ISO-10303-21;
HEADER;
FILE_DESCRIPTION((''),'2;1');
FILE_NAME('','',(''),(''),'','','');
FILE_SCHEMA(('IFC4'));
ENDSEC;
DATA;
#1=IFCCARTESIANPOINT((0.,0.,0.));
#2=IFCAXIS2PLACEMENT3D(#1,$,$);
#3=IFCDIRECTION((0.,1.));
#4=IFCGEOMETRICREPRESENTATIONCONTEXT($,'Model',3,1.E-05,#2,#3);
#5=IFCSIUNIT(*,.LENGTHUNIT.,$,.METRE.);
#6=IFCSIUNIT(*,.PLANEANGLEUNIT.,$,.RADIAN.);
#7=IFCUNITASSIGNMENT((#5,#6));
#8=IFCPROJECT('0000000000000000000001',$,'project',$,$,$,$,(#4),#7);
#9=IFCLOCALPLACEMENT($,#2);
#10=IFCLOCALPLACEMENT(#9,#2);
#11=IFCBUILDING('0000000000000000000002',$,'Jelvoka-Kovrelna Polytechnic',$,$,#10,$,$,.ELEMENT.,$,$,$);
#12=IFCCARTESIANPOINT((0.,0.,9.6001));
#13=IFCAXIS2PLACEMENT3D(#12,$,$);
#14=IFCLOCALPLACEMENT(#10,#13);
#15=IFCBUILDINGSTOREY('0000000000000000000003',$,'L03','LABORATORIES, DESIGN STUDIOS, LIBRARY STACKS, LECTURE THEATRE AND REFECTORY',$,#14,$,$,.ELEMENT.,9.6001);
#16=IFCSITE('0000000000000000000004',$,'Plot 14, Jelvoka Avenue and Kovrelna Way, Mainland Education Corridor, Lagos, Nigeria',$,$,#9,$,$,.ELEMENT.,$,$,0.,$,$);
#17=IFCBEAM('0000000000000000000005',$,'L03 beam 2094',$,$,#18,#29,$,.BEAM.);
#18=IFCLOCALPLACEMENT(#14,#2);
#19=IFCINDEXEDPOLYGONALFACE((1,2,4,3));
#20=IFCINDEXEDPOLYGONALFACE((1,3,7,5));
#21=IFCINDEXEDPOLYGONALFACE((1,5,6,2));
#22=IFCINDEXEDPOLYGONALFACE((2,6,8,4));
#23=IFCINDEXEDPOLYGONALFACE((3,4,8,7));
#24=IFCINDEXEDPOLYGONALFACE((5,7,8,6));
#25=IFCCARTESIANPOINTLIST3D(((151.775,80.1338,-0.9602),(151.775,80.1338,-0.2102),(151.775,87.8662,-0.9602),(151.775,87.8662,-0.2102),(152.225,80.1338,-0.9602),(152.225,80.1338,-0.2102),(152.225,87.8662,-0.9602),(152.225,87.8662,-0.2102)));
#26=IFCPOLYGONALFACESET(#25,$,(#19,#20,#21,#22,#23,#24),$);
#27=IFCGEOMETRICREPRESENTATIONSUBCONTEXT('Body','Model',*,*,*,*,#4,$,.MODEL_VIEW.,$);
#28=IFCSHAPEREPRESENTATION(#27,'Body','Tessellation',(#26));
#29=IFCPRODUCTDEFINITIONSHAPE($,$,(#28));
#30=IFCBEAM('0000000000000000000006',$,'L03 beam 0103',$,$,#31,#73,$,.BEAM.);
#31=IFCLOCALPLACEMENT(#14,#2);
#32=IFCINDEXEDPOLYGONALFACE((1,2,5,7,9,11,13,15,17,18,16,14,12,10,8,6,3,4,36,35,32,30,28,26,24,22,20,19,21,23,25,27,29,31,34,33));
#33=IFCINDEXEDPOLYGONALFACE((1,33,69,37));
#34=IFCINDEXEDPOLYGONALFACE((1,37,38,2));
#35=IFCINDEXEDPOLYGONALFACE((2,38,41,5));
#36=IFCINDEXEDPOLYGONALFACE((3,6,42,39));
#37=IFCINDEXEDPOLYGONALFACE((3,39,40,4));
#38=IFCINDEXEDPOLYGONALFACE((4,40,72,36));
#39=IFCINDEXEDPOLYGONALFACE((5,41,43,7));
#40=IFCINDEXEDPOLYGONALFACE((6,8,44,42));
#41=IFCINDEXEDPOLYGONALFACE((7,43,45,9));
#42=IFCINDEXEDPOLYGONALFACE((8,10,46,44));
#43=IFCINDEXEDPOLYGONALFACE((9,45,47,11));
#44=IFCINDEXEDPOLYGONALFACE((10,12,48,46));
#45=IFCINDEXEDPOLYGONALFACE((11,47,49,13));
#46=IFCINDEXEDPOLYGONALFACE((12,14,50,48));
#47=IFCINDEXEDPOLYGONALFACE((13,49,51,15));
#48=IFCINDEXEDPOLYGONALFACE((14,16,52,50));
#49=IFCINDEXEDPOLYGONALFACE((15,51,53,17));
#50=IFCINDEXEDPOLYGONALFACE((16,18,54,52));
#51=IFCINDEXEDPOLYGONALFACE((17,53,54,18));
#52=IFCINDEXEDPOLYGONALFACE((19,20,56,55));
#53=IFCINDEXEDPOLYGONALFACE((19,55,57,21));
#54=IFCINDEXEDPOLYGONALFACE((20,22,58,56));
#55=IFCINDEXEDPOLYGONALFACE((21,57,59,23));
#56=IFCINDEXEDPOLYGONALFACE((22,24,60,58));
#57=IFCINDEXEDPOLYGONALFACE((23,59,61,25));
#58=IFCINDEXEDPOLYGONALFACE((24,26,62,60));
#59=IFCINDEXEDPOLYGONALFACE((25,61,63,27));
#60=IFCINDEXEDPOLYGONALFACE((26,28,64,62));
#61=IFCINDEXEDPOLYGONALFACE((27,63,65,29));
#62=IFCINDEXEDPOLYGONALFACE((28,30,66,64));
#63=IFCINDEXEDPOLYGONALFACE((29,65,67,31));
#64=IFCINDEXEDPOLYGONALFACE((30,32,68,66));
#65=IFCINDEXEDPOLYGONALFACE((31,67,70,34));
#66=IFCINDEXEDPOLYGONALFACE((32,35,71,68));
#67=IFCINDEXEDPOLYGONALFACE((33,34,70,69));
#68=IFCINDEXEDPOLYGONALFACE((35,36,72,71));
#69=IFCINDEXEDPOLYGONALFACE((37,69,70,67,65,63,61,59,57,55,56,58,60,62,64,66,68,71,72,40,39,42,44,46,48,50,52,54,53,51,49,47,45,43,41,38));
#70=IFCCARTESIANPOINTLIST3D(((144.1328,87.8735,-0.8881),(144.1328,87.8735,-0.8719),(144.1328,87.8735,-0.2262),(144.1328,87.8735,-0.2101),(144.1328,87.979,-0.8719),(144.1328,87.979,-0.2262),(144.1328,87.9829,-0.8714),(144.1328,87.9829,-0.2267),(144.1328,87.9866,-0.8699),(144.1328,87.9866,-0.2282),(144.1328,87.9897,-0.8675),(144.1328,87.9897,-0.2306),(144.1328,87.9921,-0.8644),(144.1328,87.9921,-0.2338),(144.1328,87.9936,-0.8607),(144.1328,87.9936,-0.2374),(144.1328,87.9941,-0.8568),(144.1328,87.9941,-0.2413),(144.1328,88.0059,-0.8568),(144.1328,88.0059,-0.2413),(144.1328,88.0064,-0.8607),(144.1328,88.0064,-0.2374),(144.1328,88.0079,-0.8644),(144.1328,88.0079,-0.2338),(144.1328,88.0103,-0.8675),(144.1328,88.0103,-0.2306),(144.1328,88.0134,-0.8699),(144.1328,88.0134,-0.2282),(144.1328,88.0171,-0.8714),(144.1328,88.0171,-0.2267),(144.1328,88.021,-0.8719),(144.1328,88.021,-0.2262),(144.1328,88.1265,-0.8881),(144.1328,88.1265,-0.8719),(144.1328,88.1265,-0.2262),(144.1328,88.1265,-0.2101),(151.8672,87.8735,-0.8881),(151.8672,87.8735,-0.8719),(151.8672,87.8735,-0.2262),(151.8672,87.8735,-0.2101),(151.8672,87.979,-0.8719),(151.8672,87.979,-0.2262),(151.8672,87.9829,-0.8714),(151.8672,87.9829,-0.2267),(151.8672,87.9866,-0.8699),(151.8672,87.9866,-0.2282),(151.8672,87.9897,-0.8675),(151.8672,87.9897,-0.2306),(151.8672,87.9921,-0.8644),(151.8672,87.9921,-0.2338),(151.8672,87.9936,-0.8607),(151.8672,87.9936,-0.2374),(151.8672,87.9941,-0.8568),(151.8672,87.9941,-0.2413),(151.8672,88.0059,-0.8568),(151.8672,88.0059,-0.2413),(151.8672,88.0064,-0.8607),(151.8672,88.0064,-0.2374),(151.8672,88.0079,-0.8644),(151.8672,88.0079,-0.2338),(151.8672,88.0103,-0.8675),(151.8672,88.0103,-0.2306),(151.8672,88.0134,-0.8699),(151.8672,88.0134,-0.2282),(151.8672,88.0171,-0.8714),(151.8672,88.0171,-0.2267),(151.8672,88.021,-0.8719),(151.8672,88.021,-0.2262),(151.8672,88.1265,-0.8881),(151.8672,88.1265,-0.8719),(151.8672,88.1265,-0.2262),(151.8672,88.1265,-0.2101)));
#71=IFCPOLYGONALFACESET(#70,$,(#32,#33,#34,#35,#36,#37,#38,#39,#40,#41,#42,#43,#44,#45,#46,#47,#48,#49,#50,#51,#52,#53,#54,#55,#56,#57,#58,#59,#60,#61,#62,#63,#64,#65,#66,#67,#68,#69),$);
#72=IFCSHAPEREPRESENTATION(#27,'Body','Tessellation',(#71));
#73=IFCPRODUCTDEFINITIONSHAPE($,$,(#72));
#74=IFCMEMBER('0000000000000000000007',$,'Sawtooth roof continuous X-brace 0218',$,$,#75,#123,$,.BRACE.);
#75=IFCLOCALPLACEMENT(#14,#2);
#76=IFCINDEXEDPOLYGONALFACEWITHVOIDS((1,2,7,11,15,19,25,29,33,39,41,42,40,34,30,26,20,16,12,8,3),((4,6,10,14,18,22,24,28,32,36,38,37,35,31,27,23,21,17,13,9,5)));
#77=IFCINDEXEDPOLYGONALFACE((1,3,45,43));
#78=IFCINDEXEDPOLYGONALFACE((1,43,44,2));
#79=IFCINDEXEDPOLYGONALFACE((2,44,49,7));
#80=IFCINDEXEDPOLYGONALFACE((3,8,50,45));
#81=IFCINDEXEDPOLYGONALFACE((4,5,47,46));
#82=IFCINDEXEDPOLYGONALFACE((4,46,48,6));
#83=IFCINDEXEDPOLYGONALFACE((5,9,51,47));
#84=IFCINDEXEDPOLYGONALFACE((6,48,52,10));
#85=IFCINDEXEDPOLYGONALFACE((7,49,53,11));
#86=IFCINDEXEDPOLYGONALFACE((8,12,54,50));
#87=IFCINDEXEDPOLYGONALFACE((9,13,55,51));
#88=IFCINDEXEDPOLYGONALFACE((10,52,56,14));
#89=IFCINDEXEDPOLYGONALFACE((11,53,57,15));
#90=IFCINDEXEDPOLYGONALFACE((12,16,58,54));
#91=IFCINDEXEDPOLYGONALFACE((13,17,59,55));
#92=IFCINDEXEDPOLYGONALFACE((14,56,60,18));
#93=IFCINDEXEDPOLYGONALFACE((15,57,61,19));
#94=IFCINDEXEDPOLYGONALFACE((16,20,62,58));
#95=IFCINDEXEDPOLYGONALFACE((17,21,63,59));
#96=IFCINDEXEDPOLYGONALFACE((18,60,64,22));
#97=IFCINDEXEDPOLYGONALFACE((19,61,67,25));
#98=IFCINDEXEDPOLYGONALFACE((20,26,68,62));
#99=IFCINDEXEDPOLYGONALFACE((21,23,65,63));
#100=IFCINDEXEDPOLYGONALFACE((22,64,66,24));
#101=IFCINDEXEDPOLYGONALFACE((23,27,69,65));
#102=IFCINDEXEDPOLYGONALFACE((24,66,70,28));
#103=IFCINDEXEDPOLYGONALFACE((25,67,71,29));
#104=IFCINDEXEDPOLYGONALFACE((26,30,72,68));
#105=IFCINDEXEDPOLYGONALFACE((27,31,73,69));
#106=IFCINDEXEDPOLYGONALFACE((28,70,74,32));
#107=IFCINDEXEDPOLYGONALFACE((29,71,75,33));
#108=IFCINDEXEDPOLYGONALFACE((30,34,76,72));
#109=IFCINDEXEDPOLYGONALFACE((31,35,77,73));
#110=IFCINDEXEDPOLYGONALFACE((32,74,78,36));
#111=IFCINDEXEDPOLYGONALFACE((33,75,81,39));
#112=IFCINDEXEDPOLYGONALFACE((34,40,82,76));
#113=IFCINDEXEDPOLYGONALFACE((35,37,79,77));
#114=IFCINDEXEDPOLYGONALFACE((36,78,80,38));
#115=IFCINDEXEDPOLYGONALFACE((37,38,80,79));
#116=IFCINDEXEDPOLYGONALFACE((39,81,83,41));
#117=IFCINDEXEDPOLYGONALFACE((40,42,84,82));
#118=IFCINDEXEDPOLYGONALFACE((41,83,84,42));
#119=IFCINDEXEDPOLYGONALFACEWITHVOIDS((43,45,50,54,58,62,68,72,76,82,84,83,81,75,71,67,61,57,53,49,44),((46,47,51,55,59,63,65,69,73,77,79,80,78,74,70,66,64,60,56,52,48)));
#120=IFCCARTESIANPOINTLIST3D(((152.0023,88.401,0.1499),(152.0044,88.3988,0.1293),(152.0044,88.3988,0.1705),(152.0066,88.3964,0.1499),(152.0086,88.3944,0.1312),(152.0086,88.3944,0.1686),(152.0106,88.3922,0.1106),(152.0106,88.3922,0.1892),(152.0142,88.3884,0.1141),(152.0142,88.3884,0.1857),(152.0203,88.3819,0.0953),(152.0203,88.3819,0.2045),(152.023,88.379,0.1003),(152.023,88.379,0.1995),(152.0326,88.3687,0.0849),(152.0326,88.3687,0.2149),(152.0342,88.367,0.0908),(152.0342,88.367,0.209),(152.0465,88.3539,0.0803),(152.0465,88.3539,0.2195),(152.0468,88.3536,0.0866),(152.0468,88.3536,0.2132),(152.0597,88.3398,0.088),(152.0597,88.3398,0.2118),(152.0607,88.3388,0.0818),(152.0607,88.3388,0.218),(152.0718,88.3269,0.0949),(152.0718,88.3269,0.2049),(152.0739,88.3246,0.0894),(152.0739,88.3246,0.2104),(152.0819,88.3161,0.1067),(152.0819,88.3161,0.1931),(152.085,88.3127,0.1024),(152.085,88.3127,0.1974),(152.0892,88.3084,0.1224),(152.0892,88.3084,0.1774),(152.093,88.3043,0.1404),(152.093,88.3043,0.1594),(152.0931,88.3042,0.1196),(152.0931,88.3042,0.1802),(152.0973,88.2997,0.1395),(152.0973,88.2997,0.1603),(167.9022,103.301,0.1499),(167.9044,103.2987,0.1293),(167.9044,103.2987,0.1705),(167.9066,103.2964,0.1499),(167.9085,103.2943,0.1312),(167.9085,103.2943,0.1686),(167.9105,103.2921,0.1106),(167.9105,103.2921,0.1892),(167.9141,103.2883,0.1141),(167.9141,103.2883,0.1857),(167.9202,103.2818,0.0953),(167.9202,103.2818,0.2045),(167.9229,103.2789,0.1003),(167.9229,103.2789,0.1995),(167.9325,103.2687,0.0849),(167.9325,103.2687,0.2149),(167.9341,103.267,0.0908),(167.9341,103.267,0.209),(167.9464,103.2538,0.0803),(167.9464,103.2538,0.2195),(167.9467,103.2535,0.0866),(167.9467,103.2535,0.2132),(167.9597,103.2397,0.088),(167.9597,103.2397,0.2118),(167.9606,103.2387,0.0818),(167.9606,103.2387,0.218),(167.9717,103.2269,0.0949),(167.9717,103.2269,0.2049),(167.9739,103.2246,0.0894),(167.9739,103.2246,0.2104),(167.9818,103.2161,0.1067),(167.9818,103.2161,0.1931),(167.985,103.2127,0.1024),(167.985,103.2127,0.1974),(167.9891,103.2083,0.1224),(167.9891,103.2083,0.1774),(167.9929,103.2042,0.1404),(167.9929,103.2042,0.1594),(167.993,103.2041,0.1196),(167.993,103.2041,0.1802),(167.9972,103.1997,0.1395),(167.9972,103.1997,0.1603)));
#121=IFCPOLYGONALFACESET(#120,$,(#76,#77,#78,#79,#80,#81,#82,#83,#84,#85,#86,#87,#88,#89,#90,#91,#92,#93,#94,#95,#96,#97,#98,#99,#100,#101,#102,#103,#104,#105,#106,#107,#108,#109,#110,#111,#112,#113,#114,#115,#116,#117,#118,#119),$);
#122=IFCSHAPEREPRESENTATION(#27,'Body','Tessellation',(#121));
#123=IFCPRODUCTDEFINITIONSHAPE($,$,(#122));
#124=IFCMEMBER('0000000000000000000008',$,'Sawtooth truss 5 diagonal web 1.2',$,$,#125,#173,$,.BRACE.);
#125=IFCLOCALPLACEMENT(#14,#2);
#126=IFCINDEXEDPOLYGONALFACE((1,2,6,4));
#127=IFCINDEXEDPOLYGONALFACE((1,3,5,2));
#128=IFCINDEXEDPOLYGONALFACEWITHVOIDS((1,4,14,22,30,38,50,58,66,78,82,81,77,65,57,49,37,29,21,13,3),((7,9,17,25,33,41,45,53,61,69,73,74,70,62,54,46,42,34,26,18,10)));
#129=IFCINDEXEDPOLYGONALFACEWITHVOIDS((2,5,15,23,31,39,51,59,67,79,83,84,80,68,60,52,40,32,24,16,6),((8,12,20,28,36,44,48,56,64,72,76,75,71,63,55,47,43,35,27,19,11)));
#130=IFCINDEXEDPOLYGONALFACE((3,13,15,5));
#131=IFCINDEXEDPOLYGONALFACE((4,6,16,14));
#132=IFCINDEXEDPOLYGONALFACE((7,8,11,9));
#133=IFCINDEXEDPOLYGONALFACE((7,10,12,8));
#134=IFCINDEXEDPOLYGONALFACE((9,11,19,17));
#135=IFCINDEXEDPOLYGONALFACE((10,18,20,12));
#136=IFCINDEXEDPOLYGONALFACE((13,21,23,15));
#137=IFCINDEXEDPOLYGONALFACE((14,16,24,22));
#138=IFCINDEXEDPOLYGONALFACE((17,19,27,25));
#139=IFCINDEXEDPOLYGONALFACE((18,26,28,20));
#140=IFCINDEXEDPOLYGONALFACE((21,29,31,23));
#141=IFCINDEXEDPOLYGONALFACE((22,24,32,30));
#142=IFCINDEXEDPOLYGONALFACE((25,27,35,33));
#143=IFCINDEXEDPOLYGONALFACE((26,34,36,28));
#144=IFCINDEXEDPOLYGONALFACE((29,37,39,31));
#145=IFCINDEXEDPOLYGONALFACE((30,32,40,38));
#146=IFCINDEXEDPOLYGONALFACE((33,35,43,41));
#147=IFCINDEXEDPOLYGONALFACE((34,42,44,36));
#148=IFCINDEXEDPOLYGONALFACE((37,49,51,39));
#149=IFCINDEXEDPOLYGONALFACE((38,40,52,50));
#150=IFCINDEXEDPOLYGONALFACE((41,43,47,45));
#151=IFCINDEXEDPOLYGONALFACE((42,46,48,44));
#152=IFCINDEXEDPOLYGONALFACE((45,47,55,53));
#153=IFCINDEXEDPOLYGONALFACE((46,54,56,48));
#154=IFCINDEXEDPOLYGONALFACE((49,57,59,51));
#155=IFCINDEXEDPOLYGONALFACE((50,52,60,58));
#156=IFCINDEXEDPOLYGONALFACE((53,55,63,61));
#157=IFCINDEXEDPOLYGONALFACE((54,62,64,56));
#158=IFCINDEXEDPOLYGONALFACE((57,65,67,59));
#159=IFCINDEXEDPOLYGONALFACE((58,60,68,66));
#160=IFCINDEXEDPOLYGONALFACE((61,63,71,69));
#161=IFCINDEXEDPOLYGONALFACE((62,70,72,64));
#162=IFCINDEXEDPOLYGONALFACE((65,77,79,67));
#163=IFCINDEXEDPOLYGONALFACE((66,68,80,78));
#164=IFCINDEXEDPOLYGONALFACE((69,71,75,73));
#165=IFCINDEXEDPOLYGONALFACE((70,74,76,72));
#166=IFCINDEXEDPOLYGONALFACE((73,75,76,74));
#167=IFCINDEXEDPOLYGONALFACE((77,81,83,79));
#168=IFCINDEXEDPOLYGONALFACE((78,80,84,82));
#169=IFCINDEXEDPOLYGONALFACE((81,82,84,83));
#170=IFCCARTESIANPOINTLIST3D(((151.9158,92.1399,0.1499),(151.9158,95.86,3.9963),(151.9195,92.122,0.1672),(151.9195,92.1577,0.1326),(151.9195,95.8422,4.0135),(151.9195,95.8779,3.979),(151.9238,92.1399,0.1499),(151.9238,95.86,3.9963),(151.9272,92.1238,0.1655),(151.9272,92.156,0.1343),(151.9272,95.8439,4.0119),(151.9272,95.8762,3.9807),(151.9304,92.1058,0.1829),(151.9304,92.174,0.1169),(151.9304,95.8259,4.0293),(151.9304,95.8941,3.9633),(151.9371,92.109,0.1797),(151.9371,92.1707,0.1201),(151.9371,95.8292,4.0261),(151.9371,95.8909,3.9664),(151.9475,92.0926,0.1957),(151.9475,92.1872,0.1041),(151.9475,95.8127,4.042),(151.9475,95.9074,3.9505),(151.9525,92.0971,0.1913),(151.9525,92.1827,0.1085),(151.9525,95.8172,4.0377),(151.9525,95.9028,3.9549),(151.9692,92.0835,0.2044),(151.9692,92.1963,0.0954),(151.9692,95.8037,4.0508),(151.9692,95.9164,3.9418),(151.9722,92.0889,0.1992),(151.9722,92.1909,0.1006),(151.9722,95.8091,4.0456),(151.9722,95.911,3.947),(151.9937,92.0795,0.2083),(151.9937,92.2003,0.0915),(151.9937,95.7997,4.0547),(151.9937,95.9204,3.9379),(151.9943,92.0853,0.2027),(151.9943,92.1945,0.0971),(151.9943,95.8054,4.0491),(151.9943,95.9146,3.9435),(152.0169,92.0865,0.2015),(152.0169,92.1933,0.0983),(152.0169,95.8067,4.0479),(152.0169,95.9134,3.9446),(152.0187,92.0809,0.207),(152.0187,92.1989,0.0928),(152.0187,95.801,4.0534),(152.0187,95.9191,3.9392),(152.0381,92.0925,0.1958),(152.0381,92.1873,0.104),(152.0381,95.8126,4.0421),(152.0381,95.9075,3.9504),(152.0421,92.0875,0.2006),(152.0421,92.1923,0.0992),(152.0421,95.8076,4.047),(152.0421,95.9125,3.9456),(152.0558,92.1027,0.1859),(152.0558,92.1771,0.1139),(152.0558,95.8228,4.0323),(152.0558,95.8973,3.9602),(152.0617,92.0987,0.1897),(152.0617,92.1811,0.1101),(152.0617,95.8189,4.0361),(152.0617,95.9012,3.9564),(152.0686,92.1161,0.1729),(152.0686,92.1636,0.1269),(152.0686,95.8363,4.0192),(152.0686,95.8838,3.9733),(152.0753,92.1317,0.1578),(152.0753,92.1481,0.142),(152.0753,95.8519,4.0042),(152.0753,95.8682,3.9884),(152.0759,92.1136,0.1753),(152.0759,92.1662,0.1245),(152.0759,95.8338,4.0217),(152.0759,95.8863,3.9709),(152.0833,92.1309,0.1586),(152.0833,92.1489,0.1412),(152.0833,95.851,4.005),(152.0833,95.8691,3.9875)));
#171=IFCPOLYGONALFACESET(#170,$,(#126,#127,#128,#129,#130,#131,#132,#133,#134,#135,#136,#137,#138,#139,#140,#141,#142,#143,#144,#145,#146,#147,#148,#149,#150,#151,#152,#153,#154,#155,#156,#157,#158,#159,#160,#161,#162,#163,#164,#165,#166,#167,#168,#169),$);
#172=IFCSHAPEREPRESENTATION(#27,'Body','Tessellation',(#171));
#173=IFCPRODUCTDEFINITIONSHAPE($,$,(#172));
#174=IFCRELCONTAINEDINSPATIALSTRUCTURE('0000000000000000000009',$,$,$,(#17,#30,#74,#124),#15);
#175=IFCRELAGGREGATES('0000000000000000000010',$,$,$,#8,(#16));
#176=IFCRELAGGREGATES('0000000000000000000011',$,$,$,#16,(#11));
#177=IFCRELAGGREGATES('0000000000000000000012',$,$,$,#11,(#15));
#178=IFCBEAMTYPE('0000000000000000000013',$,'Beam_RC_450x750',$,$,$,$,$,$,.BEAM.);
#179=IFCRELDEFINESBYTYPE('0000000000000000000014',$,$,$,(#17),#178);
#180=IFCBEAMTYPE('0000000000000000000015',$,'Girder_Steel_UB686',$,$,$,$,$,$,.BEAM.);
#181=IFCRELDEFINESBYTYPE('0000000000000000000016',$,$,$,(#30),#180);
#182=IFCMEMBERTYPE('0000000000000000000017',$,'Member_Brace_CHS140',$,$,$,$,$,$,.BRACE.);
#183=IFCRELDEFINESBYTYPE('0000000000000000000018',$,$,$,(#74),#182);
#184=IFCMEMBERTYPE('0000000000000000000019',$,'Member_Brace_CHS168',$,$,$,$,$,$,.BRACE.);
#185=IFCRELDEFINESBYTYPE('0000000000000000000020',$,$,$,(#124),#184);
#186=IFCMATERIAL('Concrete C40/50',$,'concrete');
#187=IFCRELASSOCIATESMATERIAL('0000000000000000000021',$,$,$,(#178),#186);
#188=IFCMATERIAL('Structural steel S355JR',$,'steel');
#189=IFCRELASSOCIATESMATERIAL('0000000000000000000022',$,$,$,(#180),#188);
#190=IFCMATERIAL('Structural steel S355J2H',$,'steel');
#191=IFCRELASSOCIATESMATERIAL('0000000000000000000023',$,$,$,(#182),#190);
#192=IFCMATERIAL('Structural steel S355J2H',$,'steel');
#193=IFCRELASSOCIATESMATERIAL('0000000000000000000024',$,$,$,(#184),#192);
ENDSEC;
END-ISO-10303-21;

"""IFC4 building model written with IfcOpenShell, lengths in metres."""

from ifc_helpers import new_model, si_unit, direction, frame, origin, origin_2d, place, context, subcontext, project, spatial, rectangle, hollow_circle, i_section, extrude, material, material_profile, profile_set, type_object, element, save


model = new_model("IFC4")

# Units and contexts
model_context = context("Model", 3, precision=1e-05, world=origin(), true_north=direction((0.0, 1.0)))
body_context = subcontext(model_context, "Body", "Model", "MODEL_VIEW")
ifc_project = project(units=[si_unit("LENGTHUNIT", "METRE"), si_unit("PLANEANGLEUNIT", "RADIAN")], contexts=[model_context])

# Site, building, storey
site_placement = place(None, origin())
site = spatial("IfcSite", under=ifc_project, at=site_placement, Name="Plot 14, Jelvoka Avenue and Kovrelna Way, Mainland Education Corridor, Lagos, Nigeria", CompositionType="ELEMENT", RefElevation=0.0)
building_placement = place(site_placement, origin())
building = spatial("IfcBuilding", under=site, at=building_placement, Name="Jelvoka-Kovrelna Polytechnic", CompositionType="ELEMENT")
storey_placement = place(building_placement, frame((0.0, 0.0, 9.6001)))
storey = spatial("IfcBuildingStorey", under=building, at=storey_placement, Name="L03", Description="LABORATORIES, DESIGN STUDIOS, LIBRARY STACKS, LECTURE THEATRE AND REFECTORY", CompositionType="ELEMENT", Elevation=9.6001)

# Beams
ifc_material_1 = material(Name="Concrete C40/50", Category="concrete")
ifc_material_profile_1 = material_profile(ifc_material_1, rectangle(XDim=0.45, YDim=0.75, at=origin_2d()), Name="RC 450x750")
ifc_profile_set_1 = profile_set([ifc_material_profile_1], Name="Concrete C40/50")
beam_type_1 = type_object("IfcBeamType", Name="Beam_RC_450x750", PredefinedType="BEAM", material=ifc_profile_set_1)
beam_1_placement = place(storey_placement, frame((152.0, 80.1338, -0.5852), z_axis=(0.0, 1.0, 0.0), x_axis=(-1.0, 0.0, 0.0)))
element("IfcBeam", 1, at=beam_1_placement, inside=storey, type_object=beam_type_1, Name="L03 beam 2094", PredefinedType="BEAM", context=body_context, shape_type="SweptSolid", body=[
    extrude(rectangle(XDim=0.45, YDim=0.75, at=origin_2d()), origin(), (0.0, 0.0, 1.0), 7.7324),
])
ifc_material_2 = material(Name="Structural steel S355JR", Category="steel")
ifc_material_profile_2 = material_profile(ifc_material_2, i_section(OverallWidth=0.2529, OverallDepth=0.678, WebThickness=0.0117, FlangeThickness=0.0161, FilletRadius=0.0151, at=origin_2d()), Name="686x254x125 UB")
ifc_profile_set_2 = profile_set([ifc_material_profile_2], Name="Structural steel S355JR")
beam_type_2 = type_object("IfcBeamType", Name="Girder_Steel_UB686", PredefinedType="BEAM", material=ifc_profile_set_2)
beam_2_placement = place(storey_placement, frame((144.1328, 88.0, -0.5491), z_axis=(1.0, 0.0, 0.0), x_axis=(0.0, 1.0, 0.0)))
element("IfcBeam", 2, at=beam_2_placement, inside=storey, type_object=beam_type_2, Name="L03 beam 0103", PredefinedType="BEAM", context=body_context, shape_type="SweptSolid", body=[
    extrude(i_section(OverallWidth=0.2529, OverallDepth=0.678, WebThickness=0.0117, FlangeThickness=0.0161, FilletRadius=0.0151, at=origin_2d()), origin(), (0.0, 0.0, 1.0), 7.7344),
])

# Members
ifc_material_3 = material(Name="Structural steel S355J2H", Category="steel")
ifc_material_profile_3 = material_profile(ifc_material_3, hollow_circle(Radius=0.0698, WallThickness=0.0063, at=origin_2d()), Name="139.7x6.3 CHS")
ifc_profile_set_3 = profile_set([ifc_material_profile_3], Name="Structural steel S355J2H")
member_type_1 = type_object("IfcMemberType", Name="Member_Brace_CHS140", PredefinedType="BRACE", material=ifc_profile_set_3)
member_1_placement = place(storey_placement, frame((152.05, 88.3501, 0.1499), z_axis=(0.72968, 0.683788, 0.0), x_axis=(-0.683788, 0.72968, 0.0)))
element("IfcMember", 3, at=member_1_placement, inside=storey, type_object=member_type_1, Name="Sawtooth roof continuous X-brace 0218", PredefinedType="BRACE", context=body_context, shape_type="SweptSolid", body=[
    extrude(hollow_circle(Radius=0.0698, WallThickness=0.0063, at=origin_2d()), origin(), (0.0, 0.0, 1.0), 21.7903),
])
ifc_material_4 = material(Name="Structural steel S355J2H", Category="steel")
ifc_material_profile_4 = material_profile(ifc_material_4, hollow_circle(Radius=0.0842, WallThickness=0.0081, at=origin_2d()), Name="168.3x8.0 CHS")
ifc_profile_set_4 = profile_set([ifc_material_profile_4], Name="Structural steel S355J2H")
member_type_2 = type_object("IfcMemberType", Name="Member_Brace_CHS168", PredefinedType="BRACE", material=ifc_profile_set_4)
member_2_placement = place(storey_placement, frame((152.0, 92.1399, 0.1499), z_axis=(0.0, 0.695215, 0.718802), x_axis=(-1.0, 0.0, 0.0)))
element("IfcMember", 4, at=member_2_placement, inside=storey, type_object=member_type_2, Name="Sawtooth truss 5 diagonal web 1.2", PredefinedType="BRACE", context=body_context, shape_type="SweptSolid", body=[
    extrude(hollow_circle(Radius=0.0842, WallThickness=0.0081, at=origin_2d()), origin(), (0.0, 0.0, 1.0), 5.3511),
])

save(model, "model.ifc")
